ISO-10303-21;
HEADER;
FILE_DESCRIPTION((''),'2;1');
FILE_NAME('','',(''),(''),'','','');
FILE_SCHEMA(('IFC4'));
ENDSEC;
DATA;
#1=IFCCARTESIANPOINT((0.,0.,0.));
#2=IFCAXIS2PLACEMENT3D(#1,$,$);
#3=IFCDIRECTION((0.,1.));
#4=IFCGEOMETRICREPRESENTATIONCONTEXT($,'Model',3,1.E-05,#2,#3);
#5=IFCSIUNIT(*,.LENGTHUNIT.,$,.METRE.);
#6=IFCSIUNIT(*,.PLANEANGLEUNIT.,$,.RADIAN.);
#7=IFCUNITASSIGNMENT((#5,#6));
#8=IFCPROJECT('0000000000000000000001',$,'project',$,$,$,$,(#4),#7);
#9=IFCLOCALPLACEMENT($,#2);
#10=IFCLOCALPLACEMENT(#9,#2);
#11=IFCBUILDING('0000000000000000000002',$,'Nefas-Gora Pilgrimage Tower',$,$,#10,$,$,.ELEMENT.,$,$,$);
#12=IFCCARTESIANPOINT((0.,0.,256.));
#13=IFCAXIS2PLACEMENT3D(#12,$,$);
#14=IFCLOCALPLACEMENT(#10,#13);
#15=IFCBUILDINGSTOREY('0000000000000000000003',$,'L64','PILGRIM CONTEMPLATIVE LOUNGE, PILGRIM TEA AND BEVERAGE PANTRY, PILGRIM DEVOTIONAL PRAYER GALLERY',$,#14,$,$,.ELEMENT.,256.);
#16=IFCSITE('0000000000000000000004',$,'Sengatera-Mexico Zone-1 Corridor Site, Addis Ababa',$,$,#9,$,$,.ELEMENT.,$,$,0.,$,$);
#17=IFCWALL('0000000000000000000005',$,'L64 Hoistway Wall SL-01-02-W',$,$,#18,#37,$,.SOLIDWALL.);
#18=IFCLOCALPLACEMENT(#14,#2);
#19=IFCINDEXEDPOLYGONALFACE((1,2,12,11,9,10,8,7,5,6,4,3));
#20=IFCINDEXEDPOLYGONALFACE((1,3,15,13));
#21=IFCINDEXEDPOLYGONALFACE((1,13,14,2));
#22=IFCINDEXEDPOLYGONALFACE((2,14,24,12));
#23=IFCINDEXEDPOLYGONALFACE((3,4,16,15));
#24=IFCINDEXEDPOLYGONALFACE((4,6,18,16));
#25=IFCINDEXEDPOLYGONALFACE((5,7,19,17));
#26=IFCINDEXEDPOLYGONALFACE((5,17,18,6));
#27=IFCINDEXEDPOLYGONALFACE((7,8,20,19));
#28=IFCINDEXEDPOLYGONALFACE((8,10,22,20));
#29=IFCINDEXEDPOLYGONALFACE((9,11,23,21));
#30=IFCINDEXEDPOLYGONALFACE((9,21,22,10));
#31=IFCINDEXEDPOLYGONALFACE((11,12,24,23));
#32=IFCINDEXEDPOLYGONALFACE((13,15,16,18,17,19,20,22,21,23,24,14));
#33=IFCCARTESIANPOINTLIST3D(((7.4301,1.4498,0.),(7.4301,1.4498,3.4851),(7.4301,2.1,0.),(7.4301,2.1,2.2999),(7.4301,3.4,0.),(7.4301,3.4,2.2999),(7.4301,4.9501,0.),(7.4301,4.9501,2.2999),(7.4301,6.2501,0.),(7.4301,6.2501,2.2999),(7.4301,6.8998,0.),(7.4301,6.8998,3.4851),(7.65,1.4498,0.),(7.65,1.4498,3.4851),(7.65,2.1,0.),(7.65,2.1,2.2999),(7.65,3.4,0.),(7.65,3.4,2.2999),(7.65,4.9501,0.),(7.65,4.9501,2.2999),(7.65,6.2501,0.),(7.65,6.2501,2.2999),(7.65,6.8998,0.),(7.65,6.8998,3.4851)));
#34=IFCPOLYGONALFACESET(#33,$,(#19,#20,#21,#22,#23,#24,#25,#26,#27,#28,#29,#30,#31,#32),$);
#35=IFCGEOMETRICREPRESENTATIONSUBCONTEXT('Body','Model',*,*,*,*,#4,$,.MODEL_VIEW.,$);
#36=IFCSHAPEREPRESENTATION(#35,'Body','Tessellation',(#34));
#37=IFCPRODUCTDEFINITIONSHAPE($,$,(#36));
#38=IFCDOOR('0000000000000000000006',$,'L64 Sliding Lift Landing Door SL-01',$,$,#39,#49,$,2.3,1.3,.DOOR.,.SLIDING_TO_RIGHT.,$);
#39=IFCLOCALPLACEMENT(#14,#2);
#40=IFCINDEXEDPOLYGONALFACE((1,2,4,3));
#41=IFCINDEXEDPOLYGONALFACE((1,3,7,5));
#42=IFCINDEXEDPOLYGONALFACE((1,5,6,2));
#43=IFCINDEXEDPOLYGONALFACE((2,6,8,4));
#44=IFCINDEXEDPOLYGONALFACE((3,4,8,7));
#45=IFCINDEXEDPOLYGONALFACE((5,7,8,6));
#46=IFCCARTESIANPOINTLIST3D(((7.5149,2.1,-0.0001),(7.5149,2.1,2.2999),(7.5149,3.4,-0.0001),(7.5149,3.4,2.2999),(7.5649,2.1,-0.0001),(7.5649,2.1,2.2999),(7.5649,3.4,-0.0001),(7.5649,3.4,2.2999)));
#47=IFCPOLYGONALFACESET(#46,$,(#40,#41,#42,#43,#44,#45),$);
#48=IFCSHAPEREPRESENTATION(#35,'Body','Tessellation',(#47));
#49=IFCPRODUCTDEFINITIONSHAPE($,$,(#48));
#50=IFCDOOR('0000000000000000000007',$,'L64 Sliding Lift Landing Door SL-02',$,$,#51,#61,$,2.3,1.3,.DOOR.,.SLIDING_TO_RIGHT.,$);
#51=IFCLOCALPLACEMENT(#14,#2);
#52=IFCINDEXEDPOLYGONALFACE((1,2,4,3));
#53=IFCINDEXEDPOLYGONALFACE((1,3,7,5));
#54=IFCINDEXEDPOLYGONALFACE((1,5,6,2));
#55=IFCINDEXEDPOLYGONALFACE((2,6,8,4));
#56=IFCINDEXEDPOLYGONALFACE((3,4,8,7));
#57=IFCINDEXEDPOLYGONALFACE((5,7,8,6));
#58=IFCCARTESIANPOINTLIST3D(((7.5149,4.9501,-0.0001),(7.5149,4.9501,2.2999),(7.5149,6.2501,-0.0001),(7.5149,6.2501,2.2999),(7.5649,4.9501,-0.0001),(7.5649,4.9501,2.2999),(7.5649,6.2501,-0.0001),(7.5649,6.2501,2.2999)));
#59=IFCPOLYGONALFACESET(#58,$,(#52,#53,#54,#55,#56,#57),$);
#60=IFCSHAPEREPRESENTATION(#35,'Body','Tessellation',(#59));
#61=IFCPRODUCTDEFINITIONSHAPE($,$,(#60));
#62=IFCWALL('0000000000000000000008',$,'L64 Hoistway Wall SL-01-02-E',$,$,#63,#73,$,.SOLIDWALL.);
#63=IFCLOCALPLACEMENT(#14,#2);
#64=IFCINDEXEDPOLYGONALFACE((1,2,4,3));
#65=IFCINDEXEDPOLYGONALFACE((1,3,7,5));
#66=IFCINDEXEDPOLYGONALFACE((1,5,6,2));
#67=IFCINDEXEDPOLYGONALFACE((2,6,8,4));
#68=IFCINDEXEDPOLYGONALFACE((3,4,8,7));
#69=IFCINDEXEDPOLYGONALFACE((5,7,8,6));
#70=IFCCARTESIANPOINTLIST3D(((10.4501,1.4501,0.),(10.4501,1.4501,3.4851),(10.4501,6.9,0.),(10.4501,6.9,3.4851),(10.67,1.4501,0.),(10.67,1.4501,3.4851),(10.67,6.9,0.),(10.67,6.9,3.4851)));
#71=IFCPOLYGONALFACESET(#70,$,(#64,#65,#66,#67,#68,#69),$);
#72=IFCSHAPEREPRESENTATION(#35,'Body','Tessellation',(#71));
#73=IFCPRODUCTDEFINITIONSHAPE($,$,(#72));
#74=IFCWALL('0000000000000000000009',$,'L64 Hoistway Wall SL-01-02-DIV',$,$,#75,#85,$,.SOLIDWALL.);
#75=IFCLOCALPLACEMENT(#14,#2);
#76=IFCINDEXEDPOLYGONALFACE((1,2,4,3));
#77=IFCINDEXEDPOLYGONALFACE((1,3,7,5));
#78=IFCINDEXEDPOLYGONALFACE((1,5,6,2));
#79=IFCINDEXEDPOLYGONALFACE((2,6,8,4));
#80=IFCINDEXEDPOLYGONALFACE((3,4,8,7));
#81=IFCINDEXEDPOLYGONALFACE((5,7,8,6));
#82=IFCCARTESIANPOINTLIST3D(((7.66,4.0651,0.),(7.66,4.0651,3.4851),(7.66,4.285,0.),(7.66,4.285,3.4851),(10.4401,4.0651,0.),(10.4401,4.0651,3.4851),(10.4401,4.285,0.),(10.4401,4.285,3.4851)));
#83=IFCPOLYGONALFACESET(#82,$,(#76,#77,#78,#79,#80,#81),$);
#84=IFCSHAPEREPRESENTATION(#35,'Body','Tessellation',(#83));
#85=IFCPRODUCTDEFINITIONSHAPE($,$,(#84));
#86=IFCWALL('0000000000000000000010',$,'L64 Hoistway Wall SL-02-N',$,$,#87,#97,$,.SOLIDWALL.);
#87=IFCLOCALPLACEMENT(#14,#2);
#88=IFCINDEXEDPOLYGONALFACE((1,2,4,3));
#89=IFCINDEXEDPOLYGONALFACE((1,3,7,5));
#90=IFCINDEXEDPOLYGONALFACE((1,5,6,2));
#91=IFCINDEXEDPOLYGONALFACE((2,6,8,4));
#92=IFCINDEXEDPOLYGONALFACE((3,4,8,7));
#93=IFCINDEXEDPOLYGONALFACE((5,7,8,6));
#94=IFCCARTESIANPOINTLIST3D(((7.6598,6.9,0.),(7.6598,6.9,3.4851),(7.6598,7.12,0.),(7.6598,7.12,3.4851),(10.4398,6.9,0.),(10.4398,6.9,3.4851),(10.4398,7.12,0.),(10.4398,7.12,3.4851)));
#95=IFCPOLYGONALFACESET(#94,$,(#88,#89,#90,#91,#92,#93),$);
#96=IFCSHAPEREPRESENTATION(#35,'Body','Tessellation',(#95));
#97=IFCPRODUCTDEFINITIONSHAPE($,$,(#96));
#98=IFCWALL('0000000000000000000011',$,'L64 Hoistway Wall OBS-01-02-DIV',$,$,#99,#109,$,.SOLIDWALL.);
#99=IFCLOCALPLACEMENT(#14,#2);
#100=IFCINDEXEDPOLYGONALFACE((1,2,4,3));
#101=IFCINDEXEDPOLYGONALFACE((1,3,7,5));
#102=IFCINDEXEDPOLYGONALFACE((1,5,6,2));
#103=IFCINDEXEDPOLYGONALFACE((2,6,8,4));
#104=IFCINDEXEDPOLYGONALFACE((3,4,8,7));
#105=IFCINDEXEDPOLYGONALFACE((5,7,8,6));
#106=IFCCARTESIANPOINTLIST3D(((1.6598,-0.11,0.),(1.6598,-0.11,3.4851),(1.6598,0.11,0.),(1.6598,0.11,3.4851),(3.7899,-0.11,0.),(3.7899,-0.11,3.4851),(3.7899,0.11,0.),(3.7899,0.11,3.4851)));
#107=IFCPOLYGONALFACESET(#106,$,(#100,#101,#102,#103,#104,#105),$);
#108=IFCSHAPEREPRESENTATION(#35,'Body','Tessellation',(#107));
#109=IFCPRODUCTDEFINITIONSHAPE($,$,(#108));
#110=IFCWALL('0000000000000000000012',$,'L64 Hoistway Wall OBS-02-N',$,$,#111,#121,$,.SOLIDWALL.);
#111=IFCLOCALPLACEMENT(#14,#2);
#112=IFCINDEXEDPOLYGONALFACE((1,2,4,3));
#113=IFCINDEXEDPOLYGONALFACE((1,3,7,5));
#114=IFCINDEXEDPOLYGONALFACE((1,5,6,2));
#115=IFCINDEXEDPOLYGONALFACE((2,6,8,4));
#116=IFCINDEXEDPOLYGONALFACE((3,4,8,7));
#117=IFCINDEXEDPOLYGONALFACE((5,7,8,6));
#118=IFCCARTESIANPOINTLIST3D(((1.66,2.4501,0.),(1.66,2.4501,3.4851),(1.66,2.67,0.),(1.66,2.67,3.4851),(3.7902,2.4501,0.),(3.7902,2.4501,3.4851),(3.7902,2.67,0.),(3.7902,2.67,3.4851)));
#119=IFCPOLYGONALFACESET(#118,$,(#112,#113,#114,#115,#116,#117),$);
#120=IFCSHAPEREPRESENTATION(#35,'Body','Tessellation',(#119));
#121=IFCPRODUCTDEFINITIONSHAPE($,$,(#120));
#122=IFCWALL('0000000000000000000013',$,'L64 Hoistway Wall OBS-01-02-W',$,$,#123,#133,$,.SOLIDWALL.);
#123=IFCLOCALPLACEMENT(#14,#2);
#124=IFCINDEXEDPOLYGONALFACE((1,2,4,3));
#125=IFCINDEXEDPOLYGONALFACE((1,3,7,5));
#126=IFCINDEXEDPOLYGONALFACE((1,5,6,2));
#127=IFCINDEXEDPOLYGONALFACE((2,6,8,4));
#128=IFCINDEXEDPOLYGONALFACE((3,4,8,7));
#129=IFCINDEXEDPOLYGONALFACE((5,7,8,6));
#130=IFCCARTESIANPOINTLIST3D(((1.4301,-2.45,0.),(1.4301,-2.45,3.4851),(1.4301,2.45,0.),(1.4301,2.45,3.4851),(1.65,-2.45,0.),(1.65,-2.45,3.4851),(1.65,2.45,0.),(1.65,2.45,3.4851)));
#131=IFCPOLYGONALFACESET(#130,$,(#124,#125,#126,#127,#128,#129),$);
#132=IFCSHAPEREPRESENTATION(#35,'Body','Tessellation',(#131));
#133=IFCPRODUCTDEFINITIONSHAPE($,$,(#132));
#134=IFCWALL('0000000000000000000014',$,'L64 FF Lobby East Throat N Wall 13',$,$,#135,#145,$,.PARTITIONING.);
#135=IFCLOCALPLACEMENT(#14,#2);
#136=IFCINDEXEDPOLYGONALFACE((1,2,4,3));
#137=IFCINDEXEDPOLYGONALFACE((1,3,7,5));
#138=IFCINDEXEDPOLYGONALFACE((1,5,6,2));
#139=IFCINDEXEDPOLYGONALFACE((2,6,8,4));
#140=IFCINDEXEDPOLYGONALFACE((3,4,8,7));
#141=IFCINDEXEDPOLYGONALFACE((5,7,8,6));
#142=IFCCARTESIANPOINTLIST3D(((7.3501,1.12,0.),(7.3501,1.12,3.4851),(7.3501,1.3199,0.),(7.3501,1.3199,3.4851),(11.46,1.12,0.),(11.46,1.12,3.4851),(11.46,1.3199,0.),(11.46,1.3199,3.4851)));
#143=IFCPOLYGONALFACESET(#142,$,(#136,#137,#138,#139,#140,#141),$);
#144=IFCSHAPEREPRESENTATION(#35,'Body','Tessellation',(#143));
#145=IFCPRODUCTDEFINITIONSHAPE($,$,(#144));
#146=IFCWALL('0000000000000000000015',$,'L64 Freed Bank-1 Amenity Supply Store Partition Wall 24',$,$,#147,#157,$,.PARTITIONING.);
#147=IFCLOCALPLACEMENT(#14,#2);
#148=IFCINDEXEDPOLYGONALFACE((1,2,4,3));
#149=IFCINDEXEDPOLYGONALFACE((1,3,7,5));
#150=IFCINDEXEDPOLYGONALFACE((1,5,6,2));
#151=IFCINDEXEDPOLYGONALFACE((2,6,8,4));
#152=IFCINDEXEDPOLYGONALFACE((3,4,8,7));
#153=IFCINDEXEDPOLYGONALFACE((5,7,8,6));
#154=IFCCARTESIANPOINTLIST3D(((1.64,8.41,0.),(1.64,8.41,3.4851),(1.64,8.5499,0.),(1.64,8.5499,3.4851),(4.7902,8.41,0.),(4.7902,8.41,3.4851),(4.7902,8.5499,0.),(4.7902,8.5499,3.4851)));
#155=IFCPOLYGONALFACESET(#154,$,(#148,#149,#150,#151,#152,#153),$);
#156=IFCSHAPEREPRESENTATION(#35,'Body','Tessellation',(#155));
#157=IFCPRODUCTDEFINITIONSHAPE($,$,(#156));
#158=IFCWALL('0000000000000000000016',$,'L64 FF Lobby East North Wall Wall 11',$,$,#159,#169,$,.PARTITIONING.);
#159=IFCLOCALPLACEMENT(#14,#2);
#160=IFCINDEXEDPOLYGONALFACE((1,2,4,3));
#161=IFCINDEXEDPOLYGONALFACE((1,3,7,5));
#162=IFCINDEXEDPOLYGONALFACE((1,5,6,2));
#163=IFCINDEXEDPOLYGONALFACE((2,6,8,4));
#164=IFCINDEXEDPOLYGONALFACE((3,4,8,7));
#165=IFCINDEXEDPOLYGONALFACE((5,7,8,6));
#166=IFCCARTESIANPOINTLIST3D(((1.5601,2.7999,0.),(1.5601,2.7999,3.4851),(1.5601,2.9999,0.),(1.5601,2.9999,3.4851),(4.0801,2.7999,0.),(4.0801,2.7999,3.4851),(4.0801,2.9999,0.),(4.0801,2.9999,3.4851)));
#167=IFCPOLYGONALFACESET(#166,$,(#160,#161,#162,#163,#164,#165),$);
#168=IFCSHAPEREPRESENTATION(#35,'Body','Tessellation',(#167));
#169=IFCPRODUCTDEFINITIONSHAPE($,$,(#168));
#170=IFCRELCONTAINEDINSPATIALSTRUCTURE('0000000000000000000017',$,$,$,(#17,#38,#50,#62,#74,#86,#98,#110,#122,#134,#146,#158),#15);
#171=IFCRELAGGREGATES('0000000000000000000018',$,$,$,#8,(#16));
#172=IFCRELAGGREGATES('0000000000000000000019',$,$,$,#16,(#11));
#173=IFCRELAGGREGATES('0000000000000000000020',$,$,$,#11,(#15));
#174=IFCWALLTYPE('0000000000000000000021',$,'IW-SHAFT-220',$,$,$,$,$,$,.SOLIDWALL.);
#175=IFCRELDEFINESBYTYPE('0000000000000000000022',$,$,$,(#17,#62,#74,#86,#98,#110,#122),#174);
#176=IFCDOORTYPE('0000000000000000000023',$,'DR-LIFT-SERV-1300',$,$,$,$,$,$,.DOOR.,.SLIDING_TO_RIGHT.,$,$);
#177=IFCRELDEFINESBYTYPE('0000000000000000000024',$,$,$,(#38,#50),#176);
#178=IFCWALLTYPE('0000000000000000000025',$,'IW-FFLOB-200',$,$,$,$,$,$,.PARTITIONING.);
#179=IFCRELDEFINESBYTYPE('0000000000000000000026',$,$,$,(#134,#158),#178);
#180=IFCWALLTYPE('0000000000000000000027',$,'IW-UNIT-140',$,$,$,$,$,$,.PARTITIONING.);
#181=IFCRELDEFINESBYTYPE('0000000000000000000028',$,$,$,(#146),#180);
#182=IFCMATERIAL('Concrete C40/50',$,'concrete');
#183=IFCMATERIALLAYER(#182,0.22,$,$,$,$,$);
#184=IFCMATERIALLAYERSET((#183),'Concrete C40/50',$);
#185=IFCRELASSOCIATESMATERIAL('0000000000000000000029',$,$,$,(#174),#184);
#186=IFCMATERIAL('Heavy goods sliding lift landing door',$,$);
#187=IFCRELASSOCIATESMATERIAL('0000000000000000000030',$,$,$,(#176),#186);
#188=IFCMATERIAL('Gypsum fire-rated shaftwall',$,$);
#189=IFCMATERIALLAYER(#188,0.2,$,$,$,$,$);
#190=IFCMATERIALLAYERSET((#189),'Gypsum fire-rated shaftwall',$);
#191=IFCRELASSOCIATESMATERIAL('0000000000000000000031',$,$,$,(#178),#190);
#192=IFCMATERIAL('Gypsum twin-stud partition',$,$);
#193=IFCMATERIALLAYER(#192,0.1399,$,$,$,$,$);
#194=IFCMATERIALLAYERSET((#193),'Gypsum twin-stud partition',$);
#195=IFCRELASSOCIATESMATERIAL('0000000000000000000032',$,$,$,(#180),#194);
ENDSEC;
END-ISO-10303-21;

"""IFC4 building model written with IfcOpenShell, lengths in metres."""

from ifc_helpers import new_model, si_unit, direction, frame, frame_2d, origin, place, context, subcontext, project, spatial, rectangle, extrude, source, transform, mapped, material, layer, layer_set, type_object, element, fill, save


model = new_model("IFC4")

# Units and contexts
model_context = context("Model", 3, precision=1e-05, world=origin(), true_north=direction((0.0, 1.0)))
body_context = subcontext(model_context, "Body", "Model", "MODEL_VIEW")
ifc_project = project(units=[si_unit("LENGTHUNIT", "METRE"), si_unit("PLANEANGLEUNIT", "RADIAN")], contexts=[model_context])

# Site, building, storey
site_placement = place(None, origin())
site = spatial("IfcSite", under=ifc_project, at=site_placement, Name="Sengatera-Mexico Zone-1 Corridor Site, Addis Ababa", CompositionType="ELEMENT", RefElevation=0.0)
building_placement = place(site_placement, origin())
building = spatial("IfcBuilding", under=site, at=building_placement, Name="Nefas-Gora Pilgrimage Tower", CompositionType="ELEMENT")
storey_placement = place(building_placement, frame((0.0, 0.0, 256.0)))
storey = spatial("IfcBuildingStorey", under=building, at=storey_placement, Name="L64", Description="PILGRIM CONTEMPLATIVE LOUNGE, PILGRIM TEA AND BEVERAGE PANTRY, PILGRIM DEVOTIONAL PRAYER GALLERY", CompositionType="ELEMENT", Elevation=256.0)

# Shared definitions
ifc_material_1 = material(Name="Concrete C40/50", Category="concrete")

# Wall, openings, doors
ifc_layer_1 = layer(ifc_material_1, 0.22)
ifc_layer_set_1 = layer_set([ifc_layer_1], Name="Concrete C40/50")
wall_type_1 = type_object("IfcWallType", Name="IW-SHAFT-220", PredefinedType="SOLIDWALL", material=ifc_layer_set_1)
shared_shape_1 = source(origin(), body_context, "Body", "SweptSolid", [
    extrude(rectangle(XDim=5.45, YDim=0.22, at=frame_2d((2.7251, 0.0))), origin(), (0.0, 0.0, 1.0), 3.4851),
])
wall_1_placement = place(storey_placement, frame((7.54, 6.8999, 0.0), z_axis=(0.0, 0.0, 1.0), x_axis=(0.0, -1.0, 0.0)))
wall_1 = element("IfcWall", 1, at=wall_1_placement, inside=storey, type_object=wall_type_1, Name="L64 Hoistway Wall SL-01-02-W", PredefinedType="SOLIDWALL", context=body_context, shape_type="MappedRepresentation", body=[
    mapped(shared_shape_1, transform((0.0, 0.0, 0.0), x_axis=(1.0, 0.0, 0.0), y_axis=(0.0, 1.0, 0.0), z_axis=(0.0, 0.0, 1.0), scale=1.0)),
])
opening_1_placement = place(wall_1_placement, frame((3.5, 0.0, 0.0)))
opening_1 = element("IfcOpeningElement", 2, at=opening_1_placement, cuts=wall_1, PredefinedType="OPENING", context=body_context, shape_type="SweptSolid", body=[
    extrude(rectangle(XDim=1.3, YDim=2.3, at=frame_2d((0.6499, 1.1499))), frame((0.0, 0.1199, 0.0), z_axis=(0.0, -1.0, 0.0), x_axis=(1.0, 0.0, 0.0)), (0.0, 0.0, 1.0), 0.24),
])
opening_2_placement = place(wall_1_placement, frame((0.6499, 0.0, 0.0)))
opening_2 = element("IfcOpeningElement", 3, at=opening_2_placement, cuts=wall_1, PredefinedType="OPENING", context=body_context, shape_type="SweptSolid", body=[
    extrude(rectangle(XDim=1.3, YDim=2.3, at=frame_2d((0.6499, 1.1499))), frame((0.0, 0.1199, 0.0), z_axis=(0.0, -1.0, 0.0), x_axis=(1.0, 0.0, 0.0)), (0.0, 0.0, 1.0), 0.24),
])
ifc_material_2 = material(Name="Heavy goods sliding lift landing door")
door_type_1 = type_object("IfcDoorType", Name="DR-LIFT-SERV-1300", OperationType="SLIDING_TO_RIGHT", PredefinedType="DOOR", material=ifc_material_2)
shared_shape_2 = source(origin(), body_context, "Body", "SweptSolid", [
    extrude(rectangle(XDim=1.3, YDim=2.3, at=frame_2d((0.6499, 1.1499))), frame((0.0, 0.0249, 0.0), z_axis=(0.0, -1.0, 0.0), x_axis=(1.0, 0.0, 0.0)), (0.0, 0.0, 1.0), 0.05),
])
door_1_placement = place(opening_1_placement, origin())
door_1 = element("IfcDoor", 4, at=door_1_placement, inside=storey, type_object=door_type_1, Name="L64 Sliding Lift Landing Door SL-01", OperationType="SLIDING_TO_RIGHT", OverallHeight=2.3, OverallWidth=1.3, PredefinedType="DOOR", context=body_context, shape_type="MappedRepresentation", body=[
    mapped(shared_shape_2, transform((0.0, 0.0, 0.0), x_axis=(1.0, 0.0, 0.0), y_axis=(0.0, 1.0, 0.0), z_axis=(0.0, 0.0, 1.0), scale=1.0)),
])
fill(opening_1, door_1)
door_2_placement = place(opening_2_placement, origin())
door_2 = element("IfcDoor", 5, at=door_2_placement, inside=storey, type_object=door_type_1, Name="L64 Sliding Lift Landing Door SL-02", OperationType="SLIDING_TO_RIGHT", OverallHeight=2.3, OverallWidth=1.3, PredefinedType="DOOR", context=body_context, shape_type="MappedRepresentation", body=[
    mapped(shared_shape_2, transform((0.0, 0.0, 0.0), x_axis=(1.0, 0.0, 0.0), y_axis=(0.0, 1.0, 0.0), z_axis=(0.0, 0.0, 1.0), scale=1.0)),
])
fill(opening_2, door_2)

# Walls
wall_2_placement = place(storey_placement, frame((10.5601, 1.45, 0.0), z_axis=(0.0, 0.0, 1.0), x_axis=(0.0, 1.0, 0.0)))
element("IfcWall", 6, at=wall_2_placement, inside=storey, type_object=wall_type_1, Name="L64 Hoistway Wall SL-01-02-E", PredefinedType="SOLIDWALL", context=body_context, shape_type="MappedRepresentation", body=[
    mapped(shared_shape_1, transform((0.0, 0.0, 0.0), x_axis=(1.0, 0.0, 0.0), y_axis=(0.0, 1.0, 0.0), z_axis=(0.0, 0.0, 1.0), scale=1.0)),
])
shared_shape_3 = source(origin(), body_context, "Body", "SweptSolid", [
    extrude(rectangle(XDim=2.78, YDim=0.22, at=frame_2d((1.3901, 0.0))), origin(), (0.0, 0.0, 1.0), 3.4851),
])
for number, where, z_axis, x_axis, name in (
    (7, (7.6599, 4.175, 0.0), (0.0, 0.0, 1.0), (1.0, 0.0, 0.0), "L64 Hoistway Wall SL-01-02-DIV"),
    (8, (10.4399, 7.01, 0.0), (0.0, 0.0, 1.0), (-1.0, 0.0, 0.0), "L64 Hoistway Wall SL-02-N"),
):
    element("IfcWall", number, at=place(storey_placement, frame(where, z_axis=z_axis, x_axis=x_axis)), inside=storey, type_object=wall_type_1, Name=name, PredefinedType="SOLIDWALL", context=body_context, shape_type="MappedRepresentation", body=[
        mapped(shared_shape_3, transform((0.0, 0.0, 0.0), x_axis=(1.0, 0.0, 0.0), y_axis=(0.0, 1.0, 0.0), z_axis=(0.0, 0.0, 1.0), scale=1.0)),
    ])
shared_shape_4 = source(origin(), body_context, "Body", "SweptSolid", [
    extrude(rectangle(XDim=2.1301, YDim=0.22, at=frame_2d((1.0649, 0.0))), origin(), (0.0, 0.0, 1.0), 3.4851),
])
for number, where, z_axis, x_axis, name in (
    (9, (1.6599, 0.0, 0.0), (0.0, 0.0, 1.0), (1.0, 0.0, 0.0), "L64 Hoistway Wall OBS-01-02-DIV"),
    (10, (3.79, 2.5601, 0.0), (0.0, 0.0, 1.0), (-1.0, 0.0, 0.0), "L64 Hoistway Wall OBS-02-N"),
):
    element("IfcWall", number, at=place(storey_placement, frame(where, z_axis=z_axis, x_axis=x_axis)), inside=storey, type_object=wall_type_1, Name=name, PredefinedType="SOLIDWALL", context=body_context, shape_type="MappedRepresentation", body=[
        mapped(shared_shape_4, transform((0.0, 0.0, 0.0), x_axis=(1.0, 0.0, 0.0), y_axis=(0.0, 1.0, 0.0), z_axis=(0.0, 0.0, 1.0), scale=1.0)),
    ])
shared_shape_5 = source(origin(), body_context, "Body", "SweptSolid", [
    extrude(rectangle(XDim=4.8999, YDim=0.22, at=frame_2d((2.45, 0.0))), origin(), (0.0, 0.0, 1.0), 3.4851),
])
wall_3_placement = place(storey_placement, frame((1.54, 2.45, 0.0), z_axis=(0.0, 0.0, 1.0), x_axis=(0.0, -1.0, 0.0)))
element("IfcWall", 11, at=wall_3_placement, inside=storey, type_object=wall_type_1, Name="L64 Hoistway Wall OBS-01-02-W", PredefinedType="SOLIDWALL", context=body_context, shape_type="MappedRepresentation", body=[
    mapped(shared_shape_5, transform((0.0, 0.0, 0.0), x_axis=(1.0, 0.0, 0.0), y_axis=(0.0, 1.0, 0.0), z_axis=(0.0, 0.0, 1.0), scale=1.0)),
])

# Shared definitions
ifc_material_3 = material(Name="Gypsum fire-rated shaftwall")
ifc_layer_2 = layer(ifc_material_3, 0.2)
ifc_layer_set_2 = layer_set([ifc_layer_2], Name="Gypsum fire-rated shaftwall")
wall_type_2 = type_object("IfcWallType", Name="IW-FFLOB-200", PredefinedType="PARTITIONING", material=ifc_layer_set_2)

# Walls
shared_shape_6 = source(origin(), body_context, "Body", "SweptSolid", [
    extrude(rectangle(XDim=4.1099, YDim=0.2, at=frame_2d((2.0549, 0.0))), origin(), (0.0, 0.0, 1.0), 3.4851),
])
wall_4_placement = place(storey_placement, frame((7.3501, 1.22, 0.0), z_axis=(0.0, 0.0, 1.0), x_axis=(1.0, 0.0, 0.0)))
element("IfcWall", 12, at=wall_4_placement, inside=storey, type_object=wall_type_2, Name="L64 FF Lobby East Throat N Wall 13", PredefinedType="PARTITIONING", context=body_context, shape_type="MappedRepresentation", body=[
    mapped(shared_shape_6, transform((0.0, 0.0, 0.0), x_axis=(1.0, 0.0, 0.0), y_axis=(0.0, 1.0, 0.0), z_axis=(0.0, 0.0, 1.0), scale=1.0)),
])
ifc_material_4 = material(Name="Gypsum twin-stud partition")
ifc_layer_3 = layer(ifc_material_4, 0.1399)
ifc_layer_set_3 = layer_set([ifc_layer_3], Name="Gypsum twin-stud partition")
wall_type_3 = type_object("IfcWallType", Name="IW-UNIT-140", PredefinedType="PARTITIONING", material=ifc_layer_set_3)
shared_shape_7 = source(origin(), body_context, "Body", "SweptSolid", [
    extrude(rectangle(XDim=3.1501, YDim=0.1399, at=frame_2d((1.5752, 0.0))), origin(), (0.0, 0.0, 1.0), 3.4851),
])
wall_5_placement = place(storey_placement, frame((1.6399, 8.48, 0.0), z_axis=(0.0, 0.0, 1.0), x_axis=(1.0, 0.0, 0.0)))
element("IfcWall", 13, at=wall_5_placement, inside=storey, type_object=wall_type_3, Name="L64 Freed Bank-1 Amenity Supply Store Partition Wall 24", PredefinedType="PARTITIONING", context=body_context, shape_type="MappedRepresentation", body=[
    mapped(shared_shape_7, transform((0.0, 0.0, 0.0), x_axis=(1.0, 0.0, 0.0), y_axis=(0.0, 1.0, 0.0), z_axis=(0.0, 0.0, 1.0), scale=1.0)),
])
shared_shape_8 = source(origin(), body_context, "Body", "SweptSolid", [
    extrude(rectangle(XDim=2.52, YDim=0.2, at=frame_2d((1.26, 0.0))), origin(), (0.0, 0.0, 1.0), 3.4851),
])
wall_6_placement = place(storey_placement, frame((1.5601, 2.8999, 0.0), z_axis=(0.0, 0.0, 1.0), x_axis=(1.0, 0.0, 0.0)))
element("IfcWall", 14, at=wall_6_placement, inside=storey, type_object=wall_type_2, Name="L64 FF Lobby East North Wall Wall 11", PredefinedType="PARTITIONING", context=body_context, shape_type="MappedRepresentation", body=[
    mapped(shared_shape_8, transform((0.0, 0.0, 0.0), x_axis=(1.0, 0.0, 0.0), y_axis=(0.0, 1.0, 0.0), z_axis=(0.0, 0.0, 1.0), scale=1.0)),
])

save(model, "model.ifc")
